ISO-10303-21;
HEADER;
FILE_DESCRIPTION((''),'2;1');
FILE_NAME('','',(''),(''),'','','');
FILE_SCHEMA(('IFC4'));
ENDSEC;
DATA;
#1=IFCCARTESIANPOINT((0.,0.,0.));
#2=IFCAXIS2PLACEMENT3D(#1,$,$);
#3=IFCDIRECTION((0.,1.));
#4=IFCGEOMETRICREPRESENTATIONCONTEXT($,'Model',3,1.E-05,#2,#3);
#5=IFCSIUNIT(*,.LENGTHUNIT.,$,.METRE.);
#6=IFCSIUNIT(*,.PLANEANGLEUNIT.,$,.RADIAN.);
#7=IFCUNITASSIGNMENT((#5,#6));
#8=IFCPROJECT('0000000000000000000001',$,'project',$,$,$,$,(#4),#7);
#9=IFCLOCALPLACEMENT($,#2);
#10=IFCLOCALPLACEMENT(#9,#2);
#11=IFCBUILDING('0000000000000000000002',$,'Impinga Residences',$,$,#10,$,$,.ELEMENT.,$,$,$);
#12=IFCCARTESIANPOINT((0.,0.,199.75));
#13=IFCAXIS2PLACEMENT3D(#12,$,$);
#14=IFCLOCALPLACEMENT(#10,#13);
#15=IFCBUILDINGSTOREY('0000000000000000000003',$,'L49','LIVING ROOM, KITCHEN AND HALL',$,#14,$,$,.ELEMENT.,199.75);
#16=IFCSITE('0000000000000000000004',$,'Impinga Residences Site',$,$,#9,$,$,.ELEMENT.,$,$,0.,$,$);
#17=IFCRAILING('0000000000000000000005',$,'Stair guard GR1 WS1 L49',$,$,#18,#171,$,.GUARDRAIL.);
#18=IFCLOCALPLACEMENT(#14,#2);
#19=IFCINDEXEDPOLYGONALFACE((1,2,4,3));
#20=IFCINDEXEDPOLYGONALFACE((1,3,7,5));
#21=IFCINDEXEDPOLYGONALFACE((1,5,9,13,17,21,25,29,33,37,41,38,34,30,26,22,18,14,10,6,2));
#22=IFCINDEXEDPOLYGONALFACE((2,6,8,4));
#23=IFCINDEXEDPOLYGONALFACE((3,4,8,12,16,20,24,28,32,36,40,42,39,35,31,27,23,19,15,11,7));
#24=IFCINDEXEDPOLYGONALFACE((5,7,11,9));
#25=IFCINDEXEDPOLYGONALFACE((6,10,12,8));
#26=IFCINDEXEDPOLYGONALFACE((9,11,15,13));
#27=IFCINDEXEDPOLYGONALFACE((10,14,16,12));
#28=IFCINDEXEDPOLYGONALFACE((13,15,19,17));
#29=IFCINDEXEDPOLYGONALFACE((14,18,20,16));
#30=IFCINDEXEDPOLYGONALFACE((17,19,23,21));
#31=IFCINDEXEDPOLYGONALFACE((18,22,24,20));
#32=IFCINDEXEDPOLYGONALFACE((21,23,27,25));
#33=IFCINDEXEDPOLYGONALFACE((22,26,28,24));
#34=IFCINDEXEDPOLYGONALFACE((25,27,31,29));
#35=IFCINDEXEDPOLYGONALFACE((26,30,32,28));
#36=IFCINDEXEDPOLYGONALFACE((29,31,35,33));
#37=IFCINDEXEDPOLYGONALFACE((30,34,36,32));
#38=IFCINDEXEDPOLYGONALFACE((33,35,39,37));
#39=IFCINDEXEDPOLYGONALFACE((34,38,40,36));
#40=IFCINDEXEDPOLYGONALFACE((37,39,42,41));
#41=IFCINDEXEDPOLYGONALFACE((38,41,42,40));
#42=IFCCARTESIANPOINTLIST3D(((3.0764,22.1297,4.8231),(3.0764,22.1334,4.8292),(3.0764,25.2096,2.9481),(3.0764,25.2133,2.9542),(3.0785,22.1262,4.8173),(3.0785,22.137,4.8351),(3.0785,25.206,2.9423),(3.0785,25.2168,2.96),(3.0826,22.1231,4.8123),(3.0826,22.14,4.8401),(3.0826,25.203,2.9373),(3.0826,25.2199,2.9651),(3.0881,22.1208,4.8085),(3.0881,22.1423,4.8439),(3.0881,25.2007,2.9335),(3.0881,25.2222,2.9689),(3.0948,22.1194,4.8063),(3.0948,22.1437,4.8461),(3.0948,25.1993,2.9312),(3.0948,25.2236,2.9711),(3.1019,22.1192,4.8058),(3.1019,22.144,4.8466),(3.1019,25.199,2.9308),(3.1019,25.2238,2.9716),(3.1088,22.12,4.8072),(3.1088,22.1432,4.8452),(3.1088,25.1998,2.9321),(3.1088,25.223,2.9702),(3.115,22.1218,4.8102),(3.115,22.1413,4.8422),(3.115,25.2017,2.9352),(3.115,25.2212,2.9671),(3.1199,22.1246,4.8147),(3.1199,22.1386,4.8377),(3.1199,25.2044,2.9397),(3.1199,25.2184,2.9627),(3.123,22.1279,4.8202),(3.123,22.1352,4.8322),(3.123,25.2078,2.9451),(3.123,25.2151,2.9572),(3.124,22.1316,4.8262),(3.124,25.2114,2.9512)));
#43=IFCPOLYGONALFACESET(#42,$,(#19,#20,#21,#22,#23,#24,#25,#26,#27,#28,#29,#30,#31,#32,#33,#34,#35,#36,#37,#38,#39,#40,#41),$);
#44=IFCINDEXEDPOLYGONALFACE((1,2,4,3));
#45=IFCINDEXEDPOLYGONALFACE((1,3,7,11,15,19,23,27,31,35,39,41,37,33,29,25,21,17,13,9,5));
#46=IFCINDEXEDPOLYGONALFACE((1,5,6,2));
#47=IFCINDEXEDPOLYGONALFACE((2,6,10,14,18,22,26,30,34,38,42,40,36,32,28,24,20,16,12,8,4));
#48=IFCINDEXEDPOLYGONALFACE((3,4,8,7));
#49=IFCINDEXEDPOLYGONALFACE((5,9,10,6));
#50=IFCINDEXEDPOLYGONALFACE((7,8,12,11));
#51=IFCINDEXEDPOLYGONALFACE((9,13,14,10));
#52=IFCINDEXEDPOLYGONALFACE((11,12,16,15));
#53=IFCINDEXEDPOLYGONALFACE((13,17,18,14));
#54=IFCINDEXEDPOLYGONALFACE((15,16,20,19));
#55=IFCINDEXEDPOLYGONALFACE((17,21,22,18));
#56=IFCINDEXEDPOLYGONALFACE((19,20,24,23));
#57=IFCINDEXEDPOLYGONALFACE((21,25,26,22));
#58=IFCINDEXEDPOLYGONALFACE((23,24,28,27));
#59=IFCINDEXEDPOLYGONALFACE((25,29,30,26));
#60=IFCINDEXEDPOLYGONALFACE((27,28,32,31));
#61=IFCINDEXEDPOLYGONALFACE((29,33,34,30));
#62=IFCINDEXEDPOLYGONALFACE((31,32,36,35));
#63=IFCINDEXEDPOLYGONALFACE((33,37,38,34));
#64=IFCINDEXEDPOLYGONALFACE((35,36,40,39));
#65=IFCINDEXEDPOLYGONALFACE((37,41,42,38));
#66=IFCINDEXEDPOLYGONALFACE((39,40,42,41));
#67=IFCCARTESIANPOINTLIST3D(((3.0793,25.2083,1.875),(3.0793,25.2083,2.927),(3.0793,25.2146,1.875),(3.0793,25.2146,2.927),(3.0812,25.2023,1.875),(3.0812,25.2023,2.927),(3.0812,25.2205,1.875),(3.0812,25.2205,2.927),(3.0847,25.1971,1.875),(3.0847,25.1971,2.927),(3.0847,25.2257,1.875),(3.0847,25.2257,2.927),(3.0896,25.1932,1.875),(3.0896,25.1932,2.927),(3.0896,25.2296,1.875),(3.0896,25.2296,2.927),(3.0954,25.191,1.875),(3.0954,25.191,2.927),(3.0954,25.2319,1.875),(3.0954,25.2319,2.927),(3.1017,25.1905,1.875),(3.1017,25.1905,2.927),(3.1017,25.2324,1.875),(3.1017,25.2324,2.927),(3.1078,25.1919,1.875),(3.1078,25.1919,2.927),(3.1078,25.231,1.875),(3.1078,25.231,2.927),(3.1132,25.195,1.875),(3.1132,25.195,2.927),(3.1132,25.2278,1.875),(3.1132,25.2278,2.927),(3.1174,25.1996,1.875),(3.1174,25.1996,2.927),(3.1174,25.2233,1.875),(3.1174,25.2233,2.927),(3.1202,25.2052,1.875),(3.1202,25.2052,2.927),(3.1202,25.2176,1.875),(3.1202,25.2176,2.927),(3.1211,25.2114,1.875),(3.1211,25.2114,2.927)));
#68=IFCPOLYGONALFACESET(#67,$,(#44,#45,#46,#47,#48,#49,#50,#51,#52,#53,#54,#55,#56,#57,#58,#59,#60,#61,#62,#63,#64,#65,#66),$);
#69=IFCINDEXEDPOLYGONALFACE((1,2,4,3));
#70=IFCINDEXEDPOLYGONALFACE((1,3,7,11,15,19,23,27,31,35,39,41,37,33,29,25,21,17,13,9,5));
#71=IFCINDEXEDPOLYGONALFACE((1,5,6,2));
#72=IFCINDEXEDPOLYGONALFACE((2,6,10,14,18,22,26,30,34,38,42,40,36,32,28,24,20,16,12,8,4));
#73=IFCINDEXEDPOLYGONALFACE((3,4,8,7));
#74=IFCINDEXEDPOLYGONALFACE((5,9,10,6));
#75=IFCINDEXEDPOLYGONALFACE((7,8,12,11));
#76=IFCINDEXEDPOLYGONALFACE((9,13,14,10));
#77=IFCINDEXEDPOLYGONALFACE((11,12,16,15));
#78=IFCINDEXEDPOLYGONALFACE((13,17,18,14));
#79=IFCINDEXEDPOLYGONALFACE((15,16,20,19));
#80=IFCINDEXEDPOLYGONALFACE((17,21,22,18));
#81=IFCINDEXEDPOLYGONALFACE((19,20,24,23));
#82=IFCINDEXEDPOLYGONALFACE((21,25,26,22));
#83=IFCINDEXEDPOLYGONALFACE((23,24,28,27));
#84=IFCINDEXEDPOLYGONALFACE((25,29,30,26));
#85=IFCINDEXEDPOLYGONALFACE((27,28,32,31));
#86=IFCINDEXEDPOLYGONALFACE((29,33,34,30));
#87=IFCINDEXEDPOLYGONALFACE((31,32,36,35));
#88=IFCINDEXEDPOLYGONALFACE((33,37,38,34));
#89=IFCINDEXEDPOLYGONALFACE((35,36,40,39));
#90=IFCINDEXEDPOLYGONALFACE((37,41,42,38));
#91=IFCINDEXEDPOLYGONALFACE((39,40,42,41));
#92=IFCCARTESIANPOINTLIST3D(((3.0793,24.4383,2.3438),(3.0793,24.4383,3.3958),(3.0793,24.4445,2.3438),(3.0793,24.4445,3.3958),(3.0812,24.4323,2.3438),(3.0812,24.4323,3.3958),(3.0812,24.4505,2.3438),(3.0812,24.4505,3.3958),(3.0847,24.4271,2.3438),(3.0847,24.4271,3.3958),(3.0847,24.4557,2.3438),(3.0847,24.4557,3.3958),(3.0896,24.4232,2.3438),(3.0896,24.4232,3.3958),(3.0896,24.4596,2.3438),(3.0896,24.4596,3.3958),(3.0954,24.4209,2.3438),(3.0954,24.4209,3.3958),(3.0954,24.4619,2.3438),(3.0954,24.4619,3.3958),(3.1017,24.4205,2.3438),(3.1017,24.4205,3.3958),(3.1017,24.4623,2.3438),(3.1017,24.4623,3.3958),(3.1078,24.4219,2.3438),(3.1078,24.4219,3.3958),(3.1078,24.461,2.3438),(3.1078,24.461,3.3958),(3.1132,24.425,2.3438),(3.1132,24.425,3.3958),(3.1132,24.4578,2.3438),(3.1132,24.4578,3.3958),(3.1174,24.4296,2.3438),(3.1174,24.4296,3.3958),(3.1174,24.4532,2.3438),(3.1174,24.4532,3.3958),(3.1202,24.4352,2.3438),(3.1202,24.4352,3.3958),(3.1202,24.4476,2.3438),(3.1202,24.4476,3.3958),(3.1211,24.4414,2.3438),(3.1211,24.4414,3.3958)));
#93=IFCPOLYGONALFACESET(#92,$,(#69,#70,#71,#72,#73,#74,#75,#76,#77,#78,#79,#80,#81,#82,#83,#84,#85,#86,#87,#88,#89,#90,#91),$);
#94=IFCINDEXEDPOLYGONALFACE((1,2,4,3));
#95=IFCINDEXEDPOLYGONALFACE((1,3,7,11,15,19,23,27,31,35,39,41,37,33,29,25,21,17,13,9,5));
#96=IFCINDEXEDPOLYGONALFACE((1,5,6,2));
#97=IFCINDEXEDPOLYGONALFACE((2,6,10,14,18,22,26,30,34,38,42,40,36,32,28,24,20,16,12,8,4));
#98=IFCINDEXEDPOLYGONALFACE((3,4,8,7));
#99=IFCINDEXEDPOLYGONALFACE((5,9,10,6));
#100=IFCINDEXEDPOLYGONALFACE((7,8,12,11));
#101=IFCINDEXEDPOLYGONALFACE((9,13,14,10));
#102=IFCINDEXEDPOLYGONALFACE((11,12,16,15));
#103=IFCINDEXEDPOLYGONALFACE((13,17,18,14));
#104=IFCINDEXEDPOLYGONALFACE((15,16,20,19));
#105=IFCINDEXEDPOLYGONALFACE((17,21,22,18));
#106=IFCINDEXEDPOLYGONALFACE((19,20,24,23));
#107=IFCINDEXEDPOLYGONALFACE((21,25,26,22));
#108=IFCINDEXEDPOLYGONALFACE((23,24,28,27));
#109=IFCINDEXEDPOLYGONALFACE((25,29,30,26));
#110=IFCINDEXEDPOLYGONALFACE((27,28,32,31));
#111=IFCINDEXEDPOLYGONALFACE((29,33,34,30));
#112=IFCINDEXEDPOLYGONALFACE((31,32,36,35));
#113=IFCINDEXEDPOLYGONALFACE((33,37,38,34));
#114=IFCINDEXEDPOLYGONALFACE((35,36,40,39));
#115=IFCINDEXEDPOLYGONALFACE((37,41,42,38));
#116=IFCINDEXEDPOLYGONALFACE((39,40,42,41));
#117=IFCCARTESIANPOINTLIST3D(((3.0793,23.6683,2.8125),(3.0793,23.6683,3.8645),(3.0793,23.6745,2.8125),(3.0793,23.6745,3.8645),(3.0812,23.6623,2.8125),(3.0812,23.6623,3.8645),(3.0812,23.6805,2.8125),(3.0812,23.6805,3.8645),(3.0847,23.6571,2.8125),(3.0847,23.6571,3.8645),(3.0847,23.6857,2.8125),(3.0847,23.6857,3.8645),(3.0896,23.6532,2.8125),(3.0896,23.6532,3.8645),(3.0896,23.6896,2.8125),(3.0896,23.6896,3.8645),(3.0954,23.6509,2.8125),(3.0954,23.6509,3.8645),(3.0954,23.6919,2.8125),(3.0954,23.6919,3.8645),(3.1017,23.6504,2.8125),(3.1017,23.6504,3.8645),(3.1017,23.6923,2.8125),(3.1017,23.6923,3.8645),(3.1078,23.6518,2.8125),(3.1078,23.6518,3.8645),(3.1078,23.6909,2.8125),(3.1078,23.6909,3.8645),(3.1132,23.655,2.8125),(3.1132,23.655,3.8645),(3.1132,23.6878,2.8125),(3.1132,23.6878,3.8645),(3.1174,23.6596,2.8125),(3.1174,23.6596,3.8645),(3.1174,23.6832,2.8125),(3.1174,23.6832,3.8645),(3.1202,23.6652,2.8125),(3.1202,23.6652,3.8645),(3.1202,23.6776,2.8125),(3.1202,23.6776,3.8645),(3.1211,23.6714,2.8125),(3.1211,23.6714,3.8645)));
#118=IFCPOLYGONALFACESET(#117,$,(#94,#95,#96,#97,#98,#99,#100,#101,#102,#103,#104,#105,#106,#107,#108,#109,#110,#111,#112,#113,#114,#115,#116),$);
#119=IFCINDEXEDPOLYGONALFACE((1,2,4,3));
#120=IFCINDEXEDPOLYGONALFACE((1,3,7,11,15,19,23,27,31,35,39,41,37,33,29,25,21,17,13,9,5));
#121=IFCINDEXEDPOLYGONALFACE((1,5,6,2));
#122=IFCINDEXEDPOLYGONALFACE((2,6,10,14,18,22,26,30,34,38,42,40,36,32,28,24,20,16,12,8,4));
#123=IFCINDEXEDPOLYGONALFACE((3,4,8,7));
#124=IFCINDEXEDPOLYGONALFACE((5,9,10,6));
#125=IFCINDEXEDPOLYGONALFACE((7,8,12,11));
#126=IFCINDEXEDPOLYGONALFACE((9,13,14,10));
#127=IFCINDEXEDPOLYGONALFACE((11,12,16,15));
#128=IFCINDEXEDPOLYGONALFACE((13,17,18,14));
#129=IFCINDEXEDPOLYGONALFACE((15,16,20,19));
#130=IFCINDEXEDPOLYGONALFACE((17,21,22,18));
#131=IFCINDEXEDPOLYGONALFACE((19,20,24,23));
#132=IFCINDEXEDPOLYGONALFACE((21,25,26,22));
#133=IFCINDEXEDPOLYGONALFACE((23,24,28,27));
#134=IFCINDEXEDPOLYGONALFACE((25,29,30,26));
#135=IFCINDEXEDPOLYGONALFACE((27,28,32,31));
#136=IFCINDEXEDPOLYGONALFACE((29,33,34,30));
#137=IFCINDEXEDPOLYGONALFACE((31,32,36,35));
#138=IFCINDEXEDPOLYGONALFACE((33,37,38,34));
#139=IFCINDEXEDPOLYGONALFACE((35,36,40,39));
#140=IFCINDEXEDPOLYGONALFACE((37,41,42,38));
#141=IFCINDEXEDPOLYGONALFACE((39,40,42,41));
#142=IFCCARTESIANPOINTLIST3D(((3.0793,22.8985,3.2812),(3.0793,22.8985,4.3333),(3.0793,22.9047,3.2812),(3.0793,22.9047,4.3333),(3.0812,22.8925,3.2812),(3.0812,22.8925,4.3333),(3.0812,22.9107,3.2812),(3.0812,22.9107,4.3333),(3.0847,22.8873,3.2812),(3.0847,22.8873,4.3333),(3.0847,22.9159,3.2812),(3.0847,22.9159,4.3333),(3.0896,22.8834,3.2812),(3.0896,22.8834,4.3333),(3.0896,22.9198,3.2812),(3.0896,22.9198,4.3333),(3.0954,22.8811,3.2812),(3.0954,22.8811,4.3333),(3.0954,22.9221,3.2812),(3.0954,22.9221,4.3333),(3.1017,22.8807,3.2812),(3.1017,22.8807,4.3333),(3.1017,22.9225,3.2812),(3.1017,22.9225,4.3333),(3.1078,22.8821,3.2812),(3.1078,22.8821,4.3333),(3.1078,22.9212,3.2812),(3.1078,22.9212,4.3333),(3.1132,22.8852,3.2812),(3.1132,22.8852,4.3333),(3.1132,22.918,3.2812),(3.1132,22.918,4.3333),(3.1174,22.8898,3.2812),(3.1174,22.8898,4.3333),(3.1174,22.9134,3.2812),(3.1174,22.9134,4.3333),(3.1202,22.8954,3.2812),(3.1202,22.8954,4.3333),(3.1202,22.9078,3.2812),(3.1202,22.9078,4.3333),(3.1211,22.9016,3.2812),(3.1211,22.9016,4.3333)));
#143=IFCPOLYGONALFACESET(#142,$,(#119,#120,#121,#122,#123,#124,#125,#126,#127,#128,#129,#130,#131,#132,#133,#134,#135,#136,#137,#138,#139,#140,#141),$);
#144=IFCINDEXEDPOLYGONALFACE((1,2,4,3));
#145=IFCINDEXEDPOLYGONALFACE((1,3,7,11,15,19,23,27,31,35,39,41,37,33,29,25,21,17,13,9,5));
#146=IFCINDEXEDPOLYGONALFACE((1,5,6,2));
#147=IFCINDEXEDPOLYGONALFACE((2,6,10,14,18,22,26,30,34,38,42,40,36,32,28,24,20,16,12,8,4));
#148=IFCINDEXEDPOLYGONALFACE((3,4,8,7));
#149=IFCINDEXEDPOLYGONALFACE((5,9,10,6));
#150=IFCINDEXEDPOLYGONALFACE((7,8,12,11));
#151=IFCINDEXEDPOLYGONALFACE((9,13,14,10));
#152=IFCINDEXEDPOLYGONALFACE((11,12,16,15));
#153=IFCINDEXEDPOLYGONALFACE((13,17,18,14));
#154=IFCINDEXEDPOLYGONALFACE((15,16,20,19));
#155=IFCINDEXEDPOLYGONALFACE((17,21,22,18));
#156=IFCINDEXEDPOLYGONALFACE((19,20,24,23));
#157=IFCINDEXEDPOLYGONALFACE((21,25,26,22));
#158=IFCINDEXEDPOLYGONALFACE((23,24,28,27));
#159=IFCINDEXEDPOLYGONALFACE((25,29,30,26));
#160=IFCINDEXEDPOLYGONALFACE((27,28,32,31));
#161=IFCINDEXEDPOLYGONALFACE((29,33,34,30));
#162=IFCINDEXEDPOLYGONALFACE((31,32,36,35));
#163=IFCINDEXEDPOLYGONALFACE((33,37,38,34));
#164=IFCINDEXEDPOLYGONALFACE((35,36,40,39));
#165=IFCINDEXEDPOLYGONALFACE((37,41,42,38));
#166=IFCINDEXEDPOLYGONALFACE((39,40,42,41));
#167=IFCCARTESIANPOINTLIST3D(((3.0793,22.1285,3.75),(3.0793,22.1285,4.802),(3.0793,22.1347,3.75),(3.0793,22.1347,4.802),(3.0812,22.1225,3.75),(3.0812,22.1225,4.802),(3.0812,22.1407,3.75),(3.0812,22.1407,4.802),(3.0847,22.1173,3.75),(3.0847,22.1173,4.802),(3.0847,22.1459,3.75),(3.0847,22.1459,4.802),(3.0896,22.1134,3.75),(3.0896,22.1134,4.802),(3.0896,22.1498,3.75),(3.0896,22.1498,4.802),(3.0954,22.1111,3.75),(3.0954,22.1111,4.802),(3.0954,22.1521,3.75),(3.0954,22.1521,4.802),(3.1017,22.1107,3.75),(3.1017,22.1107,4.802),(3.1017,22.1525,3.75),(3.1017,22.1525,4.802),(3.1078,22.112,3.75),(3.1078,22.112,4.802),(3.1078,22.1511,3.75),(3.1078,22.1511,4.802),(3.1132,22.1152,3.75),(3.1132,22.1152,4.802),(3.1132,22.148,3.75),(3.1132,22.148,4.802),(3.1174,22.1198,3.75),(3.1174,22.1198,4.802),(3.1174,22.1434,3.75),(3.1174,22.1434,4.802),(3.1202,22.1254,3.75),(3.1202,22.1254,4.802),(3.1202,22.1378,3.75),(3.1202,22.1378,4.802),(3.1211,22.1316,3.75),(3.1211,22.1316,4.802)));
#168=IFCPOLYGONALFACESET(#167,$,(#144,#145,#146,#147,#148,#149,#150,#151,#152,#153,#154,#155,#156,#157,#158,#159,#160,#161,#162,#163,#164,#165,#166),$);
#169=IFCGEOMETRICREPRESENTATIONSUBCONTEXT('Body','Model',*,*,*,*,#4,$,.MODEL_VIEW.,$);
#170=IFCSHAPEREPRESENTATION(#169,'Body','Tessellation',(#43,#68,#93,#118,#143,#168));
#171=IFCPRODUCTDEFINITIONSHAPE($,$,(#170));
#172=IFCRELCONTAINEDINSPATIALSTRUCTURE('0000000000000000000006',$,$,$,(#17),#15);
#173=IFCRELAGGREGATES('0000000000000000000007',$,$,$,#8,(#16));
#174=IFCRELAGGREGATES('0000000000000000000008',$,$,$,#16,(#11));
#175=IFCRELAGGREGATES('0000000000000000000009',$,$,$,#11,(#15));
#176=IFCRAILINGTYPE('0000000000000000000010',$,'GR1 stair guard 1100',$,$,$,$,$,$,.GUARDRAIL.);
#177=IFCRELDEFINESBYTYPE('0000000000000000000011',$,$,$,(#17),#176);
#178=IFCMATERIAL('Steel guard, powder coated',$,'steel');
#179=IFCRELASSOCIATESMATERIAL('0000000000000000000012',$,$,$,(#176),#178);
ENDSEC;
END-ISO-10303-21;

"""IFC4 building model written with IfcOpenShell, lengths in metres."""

from ifc_helpers import new_model, si_unit, direction, frame, origin, origin_2d, place, context, subcontext, project, spatial, circle, extrude, material, type_object, element, save


model = new_model("IFC4")

# Units and contexts
model_context = context("Model", 3, precision=1e-05, world=origin(), true_north=direction((0.0, 1.0)))
body_context = subcontext(model_context, "Body", "Model", "MODEL_VIEW")
ifc_project = project(units=[si_unit("LENGTHUNIT", "METRE"), si_unit("PLANEANGLEUNIT", "RADIAN")], contexts=[model_context])

# Site, building, storey
site_placement = place(None, origin())
site = spatial("IfcSite", under=ifc_project, at=site_placement, Name="Impinga Residences Site", CompositionType="ELEMENT", RefElevation=0.0)
building_placement = place(site_placement, origin())
building = spatial("IfcBuilding", under=site, at=building_placement, Name="Impinga Residences", CompositionType="ELEMENT")
storey_placement = place(building_placement, frame((0.0, 0.0, 199.75)))
storey = spatial("IfcBuildingStorey", under=building, at=storey_placement, Name="L49", Description="LIVING ROOM, KITCHEN AND HALL", CompositionType="ELEMENT", Elevation=199.75)

# Railing
ifc_material_1 = material(Name="Steel guard, powder coated", Category="steel")
railing_type_1 = type_object("IfcRailingType", Name="GR1 stair guard 1100", PredefinedType="GUARDRAIL", material=ifc_material_1)
railing_1_placement = place(storey_placement, frame((3.1001, 25.2114, 1.875)))
element("IfcRailing", 1, at=railing_1_placement, inside=storey, type_object=railing_type_1, Name="Stair guard GR1 WS1 L49", PredefinedType="GUARDRAIL", context=body_context, shape_type="SweptSolid", body=[
    extrude(circle(Radius=0.0239, at=origin_2d()), frame((0.0, 0.0, 1.0762), z_axis=(0.0, -0.854159, 0.520011), x_axis=(1.0, 0.0, 0.0)), (0.0, 0.0, 1.0), 3.6057),
    extrude(circle(Radius=0.021, at=origin_2d()), origin(), (0.0, 0.0, 1.0), 1.052),
    extrude(circle(Radius=0.021, at=origin_2d()), frame((0.0, -0.77, 0.4688)), (0.0, 0.0, 1.0), 1.052),
    extrude(circle(Radius=0.021, at=origin_2d()), frame((0.0, -1.54, 0.9375)), (0.0, 0.0, 1.0), 1.052),
    extrude(circle(Radius=0.021, at=origin_2d()), frame((0.0, -2.3098, 1.4062)), (0.0, 0.0, 1.0), 1.052),
    extrude(circle(Radius=0.021, at=origin_2d()), frame((0.0, -3.0798, 1.875)), (0.0, 0.0, 1.0), 1.052),
])

save(model, "model.ifc")
